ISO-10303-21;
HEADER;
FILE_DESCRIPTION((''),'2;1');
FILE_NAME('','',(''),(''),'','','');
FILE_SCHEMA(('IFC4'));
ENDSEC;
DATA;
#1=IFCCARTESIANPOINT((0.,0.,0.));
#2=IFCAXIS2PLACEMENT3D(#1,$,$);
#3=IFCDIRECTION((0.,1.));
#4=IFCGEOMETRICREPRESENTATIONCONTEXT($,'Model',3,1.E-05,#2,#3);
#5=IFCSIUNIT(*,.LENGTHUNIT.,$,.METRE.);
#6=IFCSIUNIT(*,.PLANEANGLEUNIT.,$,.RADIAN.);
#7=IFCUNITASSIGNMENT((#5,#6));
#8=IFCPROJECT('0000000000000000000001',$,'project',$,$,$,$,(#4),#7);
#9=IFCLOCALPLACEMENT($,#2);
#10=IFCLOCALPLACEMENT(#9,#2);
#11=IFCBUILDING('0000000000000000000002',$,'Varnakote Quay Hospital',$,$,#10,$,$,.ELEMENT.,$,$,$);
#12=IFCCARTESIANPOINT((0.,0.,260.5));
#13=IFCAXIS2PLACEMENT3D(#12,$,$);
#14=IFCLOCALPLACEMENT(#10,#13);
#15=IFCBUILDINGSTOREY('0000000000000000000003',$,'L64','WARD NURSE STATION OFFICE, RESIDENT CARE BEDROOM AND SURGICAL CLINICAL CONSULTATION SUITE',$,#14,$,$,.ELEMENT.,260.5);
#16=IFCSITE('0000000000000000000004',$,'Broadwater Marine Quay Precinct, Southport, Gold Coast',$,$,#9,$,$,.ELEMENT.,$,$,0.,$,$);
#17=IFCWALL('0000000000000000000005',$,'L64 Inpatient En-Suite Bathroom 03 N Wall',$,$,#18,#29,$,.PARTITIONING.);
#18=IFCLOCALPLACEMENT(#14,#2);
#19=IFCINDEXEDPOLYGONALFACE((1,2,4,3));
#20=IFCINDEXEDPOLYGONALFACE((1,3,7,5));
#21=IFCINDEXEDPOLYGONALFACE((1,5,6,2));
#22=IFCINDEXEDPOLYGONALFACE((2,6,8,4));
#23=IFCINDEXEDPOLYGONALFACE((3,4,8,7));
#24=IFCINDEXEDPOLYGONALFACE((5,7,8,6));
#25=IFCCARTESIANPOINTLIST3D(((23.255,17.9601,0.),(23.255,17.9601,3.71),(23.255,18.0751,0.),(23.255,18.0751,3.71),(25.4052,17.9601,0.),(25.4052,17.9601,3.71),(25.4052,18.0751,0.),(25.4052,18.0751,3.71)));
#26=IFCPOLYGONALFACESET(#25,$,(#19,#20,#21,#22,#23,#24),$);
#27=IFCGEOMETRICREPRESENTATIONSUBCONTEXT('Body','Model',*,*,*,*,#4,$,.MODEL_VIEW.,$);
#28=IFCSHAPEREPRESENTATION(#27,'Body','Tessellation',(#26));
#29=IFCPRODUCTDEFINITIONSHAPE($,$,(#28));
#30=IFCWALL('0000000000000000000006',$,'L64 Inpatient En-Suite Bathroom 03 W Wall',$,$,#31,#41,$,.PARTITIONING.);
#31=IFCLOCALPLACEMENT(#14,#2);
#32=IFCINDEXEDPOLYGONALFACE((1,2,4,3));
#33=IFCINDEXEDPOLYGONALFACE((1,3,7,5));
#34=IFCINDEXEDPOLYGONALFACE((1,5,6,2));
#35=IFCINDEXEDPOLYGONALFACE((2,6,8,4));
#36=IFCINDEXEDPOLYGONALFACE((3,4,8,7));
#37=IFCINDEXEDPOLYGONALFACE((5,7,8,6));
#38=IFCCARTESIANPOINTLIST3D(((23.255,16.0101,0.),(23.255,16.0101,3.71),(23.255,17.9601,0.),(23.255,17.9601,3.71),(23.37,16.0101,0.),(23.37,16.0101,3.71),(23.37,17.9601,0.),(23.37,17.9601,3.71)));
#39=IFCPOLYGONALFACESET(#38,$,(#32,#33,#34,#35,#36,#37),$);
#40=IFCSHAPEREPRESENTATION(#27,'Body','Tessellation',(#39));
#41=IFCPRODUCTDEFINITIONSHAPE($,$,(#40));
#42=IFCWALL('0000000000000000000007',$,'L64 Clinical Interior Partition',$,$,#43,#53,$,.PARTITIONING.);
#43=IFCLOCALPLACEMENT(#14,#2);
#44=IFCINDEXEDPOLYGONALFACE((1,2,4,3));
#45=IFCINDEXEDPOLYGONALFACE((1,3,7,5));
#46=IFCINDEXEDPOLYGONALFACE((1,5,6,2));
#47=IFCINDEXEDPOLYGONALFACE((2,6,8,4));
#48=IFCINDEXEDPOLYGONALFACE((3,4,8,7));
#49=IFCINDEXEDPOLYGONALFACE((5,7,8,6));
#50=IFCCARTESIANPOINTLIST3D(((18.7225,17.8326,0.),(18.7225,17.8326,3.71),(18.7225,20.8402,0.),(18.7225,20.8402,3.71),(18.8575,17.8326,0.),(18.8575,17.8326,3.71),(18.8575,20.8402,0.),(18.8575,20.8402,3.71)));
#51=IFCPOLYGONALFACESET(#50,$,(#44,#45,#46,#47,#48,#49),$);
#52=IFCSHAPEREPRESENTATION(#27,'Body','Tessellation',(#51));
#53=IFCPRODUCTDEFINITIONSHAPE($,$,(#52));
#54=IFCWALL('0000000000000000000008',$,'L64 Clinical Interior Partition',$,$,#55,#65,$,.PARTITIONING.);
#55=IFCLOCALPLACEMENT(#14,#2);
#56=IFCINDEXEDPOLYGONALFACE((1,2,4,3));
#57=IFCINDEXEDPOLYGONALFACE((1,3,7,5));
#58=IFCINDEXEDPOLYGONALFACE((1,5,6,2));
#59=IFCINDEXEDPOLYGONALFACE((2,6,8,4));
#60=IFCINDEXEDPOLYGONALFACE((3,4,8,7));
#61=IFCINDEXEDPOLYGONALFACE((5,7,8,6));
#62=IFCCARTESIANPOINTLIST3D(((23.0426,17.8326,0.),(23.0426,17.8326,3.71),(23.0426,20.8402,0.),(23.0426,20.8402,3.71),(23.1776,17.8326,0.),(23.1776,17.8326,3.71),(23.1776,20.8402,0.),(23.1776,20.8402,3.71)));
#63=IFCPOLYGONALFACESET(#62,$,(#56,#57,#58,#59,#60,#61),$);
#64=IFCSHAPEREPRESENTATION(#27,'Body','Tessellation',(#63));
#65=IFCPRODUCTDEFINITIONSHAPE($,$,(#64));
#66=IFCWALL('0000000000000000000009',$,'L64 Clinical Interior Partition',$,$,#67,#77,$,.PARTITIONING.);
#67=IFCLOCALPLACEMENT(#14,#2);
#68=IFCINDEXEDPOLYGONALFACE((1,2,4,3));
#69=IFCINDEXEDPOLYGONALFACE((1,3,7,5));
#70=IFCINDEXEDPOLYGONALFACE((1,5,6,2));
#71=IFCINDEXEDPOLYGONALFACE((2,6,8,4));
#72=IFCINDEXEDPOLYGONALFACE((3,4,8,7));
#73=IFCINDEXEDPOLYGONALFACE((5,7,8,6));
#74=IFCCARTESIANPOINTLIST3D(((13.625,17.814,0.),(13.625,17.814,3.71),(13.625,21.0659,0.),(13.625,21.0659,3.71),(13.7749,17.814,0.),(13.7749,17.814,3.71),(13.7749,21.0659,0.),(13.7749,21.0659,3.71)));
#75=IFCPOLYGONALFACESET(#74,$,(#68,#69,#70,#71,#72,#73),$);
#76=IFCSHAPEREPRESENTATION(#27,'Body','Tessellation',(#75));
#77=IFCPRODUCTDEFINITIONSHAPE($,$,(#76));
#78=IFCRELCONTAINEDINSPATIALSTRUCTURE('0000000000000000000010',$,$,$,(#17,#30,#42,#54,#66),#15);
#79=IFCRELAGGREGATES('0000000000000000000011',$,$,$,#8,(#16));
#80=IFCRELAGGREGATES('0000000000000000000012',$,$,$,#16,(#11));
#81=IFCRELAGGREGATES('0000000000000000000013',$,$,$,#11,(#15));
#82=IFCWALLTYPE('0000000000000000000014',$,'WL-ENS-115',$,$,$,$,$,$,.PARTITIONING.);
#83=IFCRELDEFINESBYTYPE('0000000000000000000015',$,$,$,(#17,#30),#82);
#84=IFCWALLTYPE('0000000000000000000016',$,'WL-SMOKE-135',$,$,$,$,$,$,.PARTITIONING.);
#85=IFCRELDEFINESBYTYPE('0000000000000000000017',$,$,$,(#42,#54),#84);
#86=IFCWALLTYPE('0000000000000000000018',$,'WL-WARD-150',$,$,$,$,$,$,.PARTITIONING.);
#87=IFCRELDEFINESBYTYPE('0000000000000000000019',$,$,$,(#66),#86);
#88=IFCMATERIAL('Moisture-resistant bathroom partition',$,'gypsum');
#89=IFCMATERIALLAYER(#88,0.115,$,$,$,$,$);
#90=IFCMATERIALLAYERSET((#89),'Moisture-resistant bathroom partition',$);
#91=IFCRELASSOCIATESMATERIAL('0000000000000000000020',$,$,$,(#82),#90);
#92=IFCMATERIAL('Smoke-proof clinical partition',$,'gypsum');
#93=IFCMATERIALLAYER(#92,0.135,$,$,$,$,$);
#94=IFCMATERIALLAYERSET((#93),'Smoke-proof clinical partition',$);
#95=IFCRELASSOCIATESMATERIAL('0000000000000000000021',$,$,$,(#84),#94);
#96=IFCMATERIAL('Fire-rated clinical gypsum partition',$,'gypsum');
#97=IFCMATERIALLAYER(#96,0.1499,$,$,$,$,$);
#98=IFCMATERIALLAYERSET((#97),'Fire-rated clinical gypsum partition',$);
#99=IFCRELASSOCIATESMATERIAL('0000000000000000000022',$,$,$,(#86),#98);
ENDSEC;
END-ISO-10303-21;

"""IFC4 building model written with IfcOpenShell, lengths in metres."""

from ifc_helpers import new_model, si_unit, direction, frame, frame_2d, origin, place, context, subcontext, project, spatial, rectangle, extrude, material, layer, layer_set, type_object, element, save


model = new_model("IFC4")

# Units and contexts
model_context = context("Model", 3, precision=1e-05, world=origin(), true_north=direction((0.0, 1.0)))
body_context = subcontext(model_context, "Body", "Model", "MODEL_VIEW")
ifc_project = project(units=[si_unit("LENGTHUNIT", "METRE"), si_unit("PLANEANGLEUNIT", "RADIAN")], contexts=[model_context])

# Site, building, storey
site_placement = place(None, origin())
site = spatial("IfcSite", under=ifc_project, at=site_placement, Name="Broadwater Marine Quay Precinct, Southport, Gold Coast", CompositionType="ELEMENT", RefElevation=0.0)
building_placement = place(site_placement, origin())
building = spatial("IfcBuilding", under=site, at=building_placement, Name="Varnakote Quay Hospital", CompositionType="ELEMENT")
storey_placement = place(building_placement, frame((0.0, 0.0, 260.5)))
storey = spatial("IfcBuildingStorey", under=building, at=storey_placement, Name="L64", Description="WARD NURSE STATION OFFICE, RESIDENT CARE BEDROOM AND SURGICAL CLINICAL CONSULTATION SUITE", CompositionType="ELEMENT", Elevation=260.5)

# Shared definitions
ifc_material_1 = material(Name="Moisture-resistant bathroom partition", Category="gypsum")
ifc_layer_1 = layer(ifc_material_1, 0.115)
ifc_layer_set_1 = layer_set([ifc_layer_1], Name="Moisture-resistant bathroom partition")
wall_type_1 = type_object("IfcWallType", Name="WL-ENS-115", PredefinedType="PARTITIONING", material=ifc_layer_set_1)

# Walls
wall_1_placement = place(storey_placement, frame((23.2549, 18.0176, 0.0), z_axis=(0.0, 0.0, 1.0), x_axis=(1.0, 0.0, 0.0)))
element("IfcWall", 1, at=wall_1_placement, inside=storey, type_object=wall_type_1, Name="L64 Inpatient En-Suite Bathroom 03 N Wall", PredefinedType="PARTITIONING", context=body_context, shape_type="SweptSolid", body=[
    extrude(rectangle(XDim=2.1501, YDim=0.115, at=frame_2d((1.0752, 0.0))), origin(), (0.0, 0.0, 1.0), 3.71),
])
wall_2_placement = place(storey_placement, frame((23.3125, 16.01, 0.0), z_axis=(0.0, 0.0, 1.0), x_axis=(0.0, 1.0, 0.0)))
element("IfcWall", 2, at=wall_2_placement, inside=storey, type_object=wall_type_1, Name="L64 Inpatient En-Suite Bathroom 03 W Wall", PredefinedType="PARTITIONING", context=body_context, shape_type="SweptSolid", body=[
    extrude(rectangle(XDim=1.95, YDim=0.115, at=frame_2d((0.9751, 0.0))), origin(), (0.0, 0.0, 1.0), 3.71),
])
ifc_material_2 = material(Name="Smoke-proof clinical partition", Category="gypsum")
ifc_layer_2 = layer(ifc_material_2, 0.135)
ifc_layer_set_2 = layer_set([ifc_layer_2], Name="Smoke-proof clinical partition")
wall_type_2 = type_object("IfcWallType", Name="WL-SMOKE-135", PredefinedType="PARTITIONING", material=ifc_layer_set_2)
for number, where, z_axis, x_axis, name in (
    (3, (18.79, 17.8325, 0.0), (0.0, 0.0, 1.0), (0.0, 1.0, 0.0), "L64 Clinical Interior Partition"),
    (4, (23.1101, 17.8325, 0.0), (0.0, 0.0, 1.0), (0.0, 1.0, 0.0), "L64 Clinical Interior Partition"),
):
    element("IfcWall", number, at=place(storey_placement, frame(where, z_axis=z_axis, x_axis=x_axis)), inside=storey, type_object=wall_type_2, Name=name, PredefinedType="PARTITIONING", context=body_context, shape_type="SweptSolid", body=[
        extrude(rectangle(XDim=3.0076, YDim=0.135, at=frame_2d((1.5039, 0.0))), origin(), (0.0, 0.0, 1.0), 3.71),
    ])

# Shared definitions
ifc_material_3 = material(Name="Fire-rated clinical gypsum partition", Category="gypsum")
ifc_layer_3 = layer(ifc_material_3, 0.1499)
ifc_layer_set_3 = layer_set([ifc_layer_3], Name="Fire-rated clinical gypsum partition")
wall_type_3 = type_object("IfcWallType", Name="WL-WARD-150", PredefinedType="PARTITIONING", material=ifc_layer_set_3)

# Wall
wall_3_placement = place(storey_placement, frame((13.7, 17.814, 0.0), z_axis=(0.0, 0.0, 1.0), x_axis=(0.0, 1.0, 0.0)))
element("IfcWall", 5, at=wall_3_placement, inside=storey, type_object=wall_type_3, Name="L64 Clinical Interior Partition", PredefinedType="PARTITIONING", context=body_context, shape_type="SweptSolid", body=[
    extrude(rectangle(XDim=3.252, YDim=0.1499, at=frame_2d((1.626, 0.0))), origin(), (0.0, 0.0, 1.0), 3.71),
])

save(model, "model.ifc")
